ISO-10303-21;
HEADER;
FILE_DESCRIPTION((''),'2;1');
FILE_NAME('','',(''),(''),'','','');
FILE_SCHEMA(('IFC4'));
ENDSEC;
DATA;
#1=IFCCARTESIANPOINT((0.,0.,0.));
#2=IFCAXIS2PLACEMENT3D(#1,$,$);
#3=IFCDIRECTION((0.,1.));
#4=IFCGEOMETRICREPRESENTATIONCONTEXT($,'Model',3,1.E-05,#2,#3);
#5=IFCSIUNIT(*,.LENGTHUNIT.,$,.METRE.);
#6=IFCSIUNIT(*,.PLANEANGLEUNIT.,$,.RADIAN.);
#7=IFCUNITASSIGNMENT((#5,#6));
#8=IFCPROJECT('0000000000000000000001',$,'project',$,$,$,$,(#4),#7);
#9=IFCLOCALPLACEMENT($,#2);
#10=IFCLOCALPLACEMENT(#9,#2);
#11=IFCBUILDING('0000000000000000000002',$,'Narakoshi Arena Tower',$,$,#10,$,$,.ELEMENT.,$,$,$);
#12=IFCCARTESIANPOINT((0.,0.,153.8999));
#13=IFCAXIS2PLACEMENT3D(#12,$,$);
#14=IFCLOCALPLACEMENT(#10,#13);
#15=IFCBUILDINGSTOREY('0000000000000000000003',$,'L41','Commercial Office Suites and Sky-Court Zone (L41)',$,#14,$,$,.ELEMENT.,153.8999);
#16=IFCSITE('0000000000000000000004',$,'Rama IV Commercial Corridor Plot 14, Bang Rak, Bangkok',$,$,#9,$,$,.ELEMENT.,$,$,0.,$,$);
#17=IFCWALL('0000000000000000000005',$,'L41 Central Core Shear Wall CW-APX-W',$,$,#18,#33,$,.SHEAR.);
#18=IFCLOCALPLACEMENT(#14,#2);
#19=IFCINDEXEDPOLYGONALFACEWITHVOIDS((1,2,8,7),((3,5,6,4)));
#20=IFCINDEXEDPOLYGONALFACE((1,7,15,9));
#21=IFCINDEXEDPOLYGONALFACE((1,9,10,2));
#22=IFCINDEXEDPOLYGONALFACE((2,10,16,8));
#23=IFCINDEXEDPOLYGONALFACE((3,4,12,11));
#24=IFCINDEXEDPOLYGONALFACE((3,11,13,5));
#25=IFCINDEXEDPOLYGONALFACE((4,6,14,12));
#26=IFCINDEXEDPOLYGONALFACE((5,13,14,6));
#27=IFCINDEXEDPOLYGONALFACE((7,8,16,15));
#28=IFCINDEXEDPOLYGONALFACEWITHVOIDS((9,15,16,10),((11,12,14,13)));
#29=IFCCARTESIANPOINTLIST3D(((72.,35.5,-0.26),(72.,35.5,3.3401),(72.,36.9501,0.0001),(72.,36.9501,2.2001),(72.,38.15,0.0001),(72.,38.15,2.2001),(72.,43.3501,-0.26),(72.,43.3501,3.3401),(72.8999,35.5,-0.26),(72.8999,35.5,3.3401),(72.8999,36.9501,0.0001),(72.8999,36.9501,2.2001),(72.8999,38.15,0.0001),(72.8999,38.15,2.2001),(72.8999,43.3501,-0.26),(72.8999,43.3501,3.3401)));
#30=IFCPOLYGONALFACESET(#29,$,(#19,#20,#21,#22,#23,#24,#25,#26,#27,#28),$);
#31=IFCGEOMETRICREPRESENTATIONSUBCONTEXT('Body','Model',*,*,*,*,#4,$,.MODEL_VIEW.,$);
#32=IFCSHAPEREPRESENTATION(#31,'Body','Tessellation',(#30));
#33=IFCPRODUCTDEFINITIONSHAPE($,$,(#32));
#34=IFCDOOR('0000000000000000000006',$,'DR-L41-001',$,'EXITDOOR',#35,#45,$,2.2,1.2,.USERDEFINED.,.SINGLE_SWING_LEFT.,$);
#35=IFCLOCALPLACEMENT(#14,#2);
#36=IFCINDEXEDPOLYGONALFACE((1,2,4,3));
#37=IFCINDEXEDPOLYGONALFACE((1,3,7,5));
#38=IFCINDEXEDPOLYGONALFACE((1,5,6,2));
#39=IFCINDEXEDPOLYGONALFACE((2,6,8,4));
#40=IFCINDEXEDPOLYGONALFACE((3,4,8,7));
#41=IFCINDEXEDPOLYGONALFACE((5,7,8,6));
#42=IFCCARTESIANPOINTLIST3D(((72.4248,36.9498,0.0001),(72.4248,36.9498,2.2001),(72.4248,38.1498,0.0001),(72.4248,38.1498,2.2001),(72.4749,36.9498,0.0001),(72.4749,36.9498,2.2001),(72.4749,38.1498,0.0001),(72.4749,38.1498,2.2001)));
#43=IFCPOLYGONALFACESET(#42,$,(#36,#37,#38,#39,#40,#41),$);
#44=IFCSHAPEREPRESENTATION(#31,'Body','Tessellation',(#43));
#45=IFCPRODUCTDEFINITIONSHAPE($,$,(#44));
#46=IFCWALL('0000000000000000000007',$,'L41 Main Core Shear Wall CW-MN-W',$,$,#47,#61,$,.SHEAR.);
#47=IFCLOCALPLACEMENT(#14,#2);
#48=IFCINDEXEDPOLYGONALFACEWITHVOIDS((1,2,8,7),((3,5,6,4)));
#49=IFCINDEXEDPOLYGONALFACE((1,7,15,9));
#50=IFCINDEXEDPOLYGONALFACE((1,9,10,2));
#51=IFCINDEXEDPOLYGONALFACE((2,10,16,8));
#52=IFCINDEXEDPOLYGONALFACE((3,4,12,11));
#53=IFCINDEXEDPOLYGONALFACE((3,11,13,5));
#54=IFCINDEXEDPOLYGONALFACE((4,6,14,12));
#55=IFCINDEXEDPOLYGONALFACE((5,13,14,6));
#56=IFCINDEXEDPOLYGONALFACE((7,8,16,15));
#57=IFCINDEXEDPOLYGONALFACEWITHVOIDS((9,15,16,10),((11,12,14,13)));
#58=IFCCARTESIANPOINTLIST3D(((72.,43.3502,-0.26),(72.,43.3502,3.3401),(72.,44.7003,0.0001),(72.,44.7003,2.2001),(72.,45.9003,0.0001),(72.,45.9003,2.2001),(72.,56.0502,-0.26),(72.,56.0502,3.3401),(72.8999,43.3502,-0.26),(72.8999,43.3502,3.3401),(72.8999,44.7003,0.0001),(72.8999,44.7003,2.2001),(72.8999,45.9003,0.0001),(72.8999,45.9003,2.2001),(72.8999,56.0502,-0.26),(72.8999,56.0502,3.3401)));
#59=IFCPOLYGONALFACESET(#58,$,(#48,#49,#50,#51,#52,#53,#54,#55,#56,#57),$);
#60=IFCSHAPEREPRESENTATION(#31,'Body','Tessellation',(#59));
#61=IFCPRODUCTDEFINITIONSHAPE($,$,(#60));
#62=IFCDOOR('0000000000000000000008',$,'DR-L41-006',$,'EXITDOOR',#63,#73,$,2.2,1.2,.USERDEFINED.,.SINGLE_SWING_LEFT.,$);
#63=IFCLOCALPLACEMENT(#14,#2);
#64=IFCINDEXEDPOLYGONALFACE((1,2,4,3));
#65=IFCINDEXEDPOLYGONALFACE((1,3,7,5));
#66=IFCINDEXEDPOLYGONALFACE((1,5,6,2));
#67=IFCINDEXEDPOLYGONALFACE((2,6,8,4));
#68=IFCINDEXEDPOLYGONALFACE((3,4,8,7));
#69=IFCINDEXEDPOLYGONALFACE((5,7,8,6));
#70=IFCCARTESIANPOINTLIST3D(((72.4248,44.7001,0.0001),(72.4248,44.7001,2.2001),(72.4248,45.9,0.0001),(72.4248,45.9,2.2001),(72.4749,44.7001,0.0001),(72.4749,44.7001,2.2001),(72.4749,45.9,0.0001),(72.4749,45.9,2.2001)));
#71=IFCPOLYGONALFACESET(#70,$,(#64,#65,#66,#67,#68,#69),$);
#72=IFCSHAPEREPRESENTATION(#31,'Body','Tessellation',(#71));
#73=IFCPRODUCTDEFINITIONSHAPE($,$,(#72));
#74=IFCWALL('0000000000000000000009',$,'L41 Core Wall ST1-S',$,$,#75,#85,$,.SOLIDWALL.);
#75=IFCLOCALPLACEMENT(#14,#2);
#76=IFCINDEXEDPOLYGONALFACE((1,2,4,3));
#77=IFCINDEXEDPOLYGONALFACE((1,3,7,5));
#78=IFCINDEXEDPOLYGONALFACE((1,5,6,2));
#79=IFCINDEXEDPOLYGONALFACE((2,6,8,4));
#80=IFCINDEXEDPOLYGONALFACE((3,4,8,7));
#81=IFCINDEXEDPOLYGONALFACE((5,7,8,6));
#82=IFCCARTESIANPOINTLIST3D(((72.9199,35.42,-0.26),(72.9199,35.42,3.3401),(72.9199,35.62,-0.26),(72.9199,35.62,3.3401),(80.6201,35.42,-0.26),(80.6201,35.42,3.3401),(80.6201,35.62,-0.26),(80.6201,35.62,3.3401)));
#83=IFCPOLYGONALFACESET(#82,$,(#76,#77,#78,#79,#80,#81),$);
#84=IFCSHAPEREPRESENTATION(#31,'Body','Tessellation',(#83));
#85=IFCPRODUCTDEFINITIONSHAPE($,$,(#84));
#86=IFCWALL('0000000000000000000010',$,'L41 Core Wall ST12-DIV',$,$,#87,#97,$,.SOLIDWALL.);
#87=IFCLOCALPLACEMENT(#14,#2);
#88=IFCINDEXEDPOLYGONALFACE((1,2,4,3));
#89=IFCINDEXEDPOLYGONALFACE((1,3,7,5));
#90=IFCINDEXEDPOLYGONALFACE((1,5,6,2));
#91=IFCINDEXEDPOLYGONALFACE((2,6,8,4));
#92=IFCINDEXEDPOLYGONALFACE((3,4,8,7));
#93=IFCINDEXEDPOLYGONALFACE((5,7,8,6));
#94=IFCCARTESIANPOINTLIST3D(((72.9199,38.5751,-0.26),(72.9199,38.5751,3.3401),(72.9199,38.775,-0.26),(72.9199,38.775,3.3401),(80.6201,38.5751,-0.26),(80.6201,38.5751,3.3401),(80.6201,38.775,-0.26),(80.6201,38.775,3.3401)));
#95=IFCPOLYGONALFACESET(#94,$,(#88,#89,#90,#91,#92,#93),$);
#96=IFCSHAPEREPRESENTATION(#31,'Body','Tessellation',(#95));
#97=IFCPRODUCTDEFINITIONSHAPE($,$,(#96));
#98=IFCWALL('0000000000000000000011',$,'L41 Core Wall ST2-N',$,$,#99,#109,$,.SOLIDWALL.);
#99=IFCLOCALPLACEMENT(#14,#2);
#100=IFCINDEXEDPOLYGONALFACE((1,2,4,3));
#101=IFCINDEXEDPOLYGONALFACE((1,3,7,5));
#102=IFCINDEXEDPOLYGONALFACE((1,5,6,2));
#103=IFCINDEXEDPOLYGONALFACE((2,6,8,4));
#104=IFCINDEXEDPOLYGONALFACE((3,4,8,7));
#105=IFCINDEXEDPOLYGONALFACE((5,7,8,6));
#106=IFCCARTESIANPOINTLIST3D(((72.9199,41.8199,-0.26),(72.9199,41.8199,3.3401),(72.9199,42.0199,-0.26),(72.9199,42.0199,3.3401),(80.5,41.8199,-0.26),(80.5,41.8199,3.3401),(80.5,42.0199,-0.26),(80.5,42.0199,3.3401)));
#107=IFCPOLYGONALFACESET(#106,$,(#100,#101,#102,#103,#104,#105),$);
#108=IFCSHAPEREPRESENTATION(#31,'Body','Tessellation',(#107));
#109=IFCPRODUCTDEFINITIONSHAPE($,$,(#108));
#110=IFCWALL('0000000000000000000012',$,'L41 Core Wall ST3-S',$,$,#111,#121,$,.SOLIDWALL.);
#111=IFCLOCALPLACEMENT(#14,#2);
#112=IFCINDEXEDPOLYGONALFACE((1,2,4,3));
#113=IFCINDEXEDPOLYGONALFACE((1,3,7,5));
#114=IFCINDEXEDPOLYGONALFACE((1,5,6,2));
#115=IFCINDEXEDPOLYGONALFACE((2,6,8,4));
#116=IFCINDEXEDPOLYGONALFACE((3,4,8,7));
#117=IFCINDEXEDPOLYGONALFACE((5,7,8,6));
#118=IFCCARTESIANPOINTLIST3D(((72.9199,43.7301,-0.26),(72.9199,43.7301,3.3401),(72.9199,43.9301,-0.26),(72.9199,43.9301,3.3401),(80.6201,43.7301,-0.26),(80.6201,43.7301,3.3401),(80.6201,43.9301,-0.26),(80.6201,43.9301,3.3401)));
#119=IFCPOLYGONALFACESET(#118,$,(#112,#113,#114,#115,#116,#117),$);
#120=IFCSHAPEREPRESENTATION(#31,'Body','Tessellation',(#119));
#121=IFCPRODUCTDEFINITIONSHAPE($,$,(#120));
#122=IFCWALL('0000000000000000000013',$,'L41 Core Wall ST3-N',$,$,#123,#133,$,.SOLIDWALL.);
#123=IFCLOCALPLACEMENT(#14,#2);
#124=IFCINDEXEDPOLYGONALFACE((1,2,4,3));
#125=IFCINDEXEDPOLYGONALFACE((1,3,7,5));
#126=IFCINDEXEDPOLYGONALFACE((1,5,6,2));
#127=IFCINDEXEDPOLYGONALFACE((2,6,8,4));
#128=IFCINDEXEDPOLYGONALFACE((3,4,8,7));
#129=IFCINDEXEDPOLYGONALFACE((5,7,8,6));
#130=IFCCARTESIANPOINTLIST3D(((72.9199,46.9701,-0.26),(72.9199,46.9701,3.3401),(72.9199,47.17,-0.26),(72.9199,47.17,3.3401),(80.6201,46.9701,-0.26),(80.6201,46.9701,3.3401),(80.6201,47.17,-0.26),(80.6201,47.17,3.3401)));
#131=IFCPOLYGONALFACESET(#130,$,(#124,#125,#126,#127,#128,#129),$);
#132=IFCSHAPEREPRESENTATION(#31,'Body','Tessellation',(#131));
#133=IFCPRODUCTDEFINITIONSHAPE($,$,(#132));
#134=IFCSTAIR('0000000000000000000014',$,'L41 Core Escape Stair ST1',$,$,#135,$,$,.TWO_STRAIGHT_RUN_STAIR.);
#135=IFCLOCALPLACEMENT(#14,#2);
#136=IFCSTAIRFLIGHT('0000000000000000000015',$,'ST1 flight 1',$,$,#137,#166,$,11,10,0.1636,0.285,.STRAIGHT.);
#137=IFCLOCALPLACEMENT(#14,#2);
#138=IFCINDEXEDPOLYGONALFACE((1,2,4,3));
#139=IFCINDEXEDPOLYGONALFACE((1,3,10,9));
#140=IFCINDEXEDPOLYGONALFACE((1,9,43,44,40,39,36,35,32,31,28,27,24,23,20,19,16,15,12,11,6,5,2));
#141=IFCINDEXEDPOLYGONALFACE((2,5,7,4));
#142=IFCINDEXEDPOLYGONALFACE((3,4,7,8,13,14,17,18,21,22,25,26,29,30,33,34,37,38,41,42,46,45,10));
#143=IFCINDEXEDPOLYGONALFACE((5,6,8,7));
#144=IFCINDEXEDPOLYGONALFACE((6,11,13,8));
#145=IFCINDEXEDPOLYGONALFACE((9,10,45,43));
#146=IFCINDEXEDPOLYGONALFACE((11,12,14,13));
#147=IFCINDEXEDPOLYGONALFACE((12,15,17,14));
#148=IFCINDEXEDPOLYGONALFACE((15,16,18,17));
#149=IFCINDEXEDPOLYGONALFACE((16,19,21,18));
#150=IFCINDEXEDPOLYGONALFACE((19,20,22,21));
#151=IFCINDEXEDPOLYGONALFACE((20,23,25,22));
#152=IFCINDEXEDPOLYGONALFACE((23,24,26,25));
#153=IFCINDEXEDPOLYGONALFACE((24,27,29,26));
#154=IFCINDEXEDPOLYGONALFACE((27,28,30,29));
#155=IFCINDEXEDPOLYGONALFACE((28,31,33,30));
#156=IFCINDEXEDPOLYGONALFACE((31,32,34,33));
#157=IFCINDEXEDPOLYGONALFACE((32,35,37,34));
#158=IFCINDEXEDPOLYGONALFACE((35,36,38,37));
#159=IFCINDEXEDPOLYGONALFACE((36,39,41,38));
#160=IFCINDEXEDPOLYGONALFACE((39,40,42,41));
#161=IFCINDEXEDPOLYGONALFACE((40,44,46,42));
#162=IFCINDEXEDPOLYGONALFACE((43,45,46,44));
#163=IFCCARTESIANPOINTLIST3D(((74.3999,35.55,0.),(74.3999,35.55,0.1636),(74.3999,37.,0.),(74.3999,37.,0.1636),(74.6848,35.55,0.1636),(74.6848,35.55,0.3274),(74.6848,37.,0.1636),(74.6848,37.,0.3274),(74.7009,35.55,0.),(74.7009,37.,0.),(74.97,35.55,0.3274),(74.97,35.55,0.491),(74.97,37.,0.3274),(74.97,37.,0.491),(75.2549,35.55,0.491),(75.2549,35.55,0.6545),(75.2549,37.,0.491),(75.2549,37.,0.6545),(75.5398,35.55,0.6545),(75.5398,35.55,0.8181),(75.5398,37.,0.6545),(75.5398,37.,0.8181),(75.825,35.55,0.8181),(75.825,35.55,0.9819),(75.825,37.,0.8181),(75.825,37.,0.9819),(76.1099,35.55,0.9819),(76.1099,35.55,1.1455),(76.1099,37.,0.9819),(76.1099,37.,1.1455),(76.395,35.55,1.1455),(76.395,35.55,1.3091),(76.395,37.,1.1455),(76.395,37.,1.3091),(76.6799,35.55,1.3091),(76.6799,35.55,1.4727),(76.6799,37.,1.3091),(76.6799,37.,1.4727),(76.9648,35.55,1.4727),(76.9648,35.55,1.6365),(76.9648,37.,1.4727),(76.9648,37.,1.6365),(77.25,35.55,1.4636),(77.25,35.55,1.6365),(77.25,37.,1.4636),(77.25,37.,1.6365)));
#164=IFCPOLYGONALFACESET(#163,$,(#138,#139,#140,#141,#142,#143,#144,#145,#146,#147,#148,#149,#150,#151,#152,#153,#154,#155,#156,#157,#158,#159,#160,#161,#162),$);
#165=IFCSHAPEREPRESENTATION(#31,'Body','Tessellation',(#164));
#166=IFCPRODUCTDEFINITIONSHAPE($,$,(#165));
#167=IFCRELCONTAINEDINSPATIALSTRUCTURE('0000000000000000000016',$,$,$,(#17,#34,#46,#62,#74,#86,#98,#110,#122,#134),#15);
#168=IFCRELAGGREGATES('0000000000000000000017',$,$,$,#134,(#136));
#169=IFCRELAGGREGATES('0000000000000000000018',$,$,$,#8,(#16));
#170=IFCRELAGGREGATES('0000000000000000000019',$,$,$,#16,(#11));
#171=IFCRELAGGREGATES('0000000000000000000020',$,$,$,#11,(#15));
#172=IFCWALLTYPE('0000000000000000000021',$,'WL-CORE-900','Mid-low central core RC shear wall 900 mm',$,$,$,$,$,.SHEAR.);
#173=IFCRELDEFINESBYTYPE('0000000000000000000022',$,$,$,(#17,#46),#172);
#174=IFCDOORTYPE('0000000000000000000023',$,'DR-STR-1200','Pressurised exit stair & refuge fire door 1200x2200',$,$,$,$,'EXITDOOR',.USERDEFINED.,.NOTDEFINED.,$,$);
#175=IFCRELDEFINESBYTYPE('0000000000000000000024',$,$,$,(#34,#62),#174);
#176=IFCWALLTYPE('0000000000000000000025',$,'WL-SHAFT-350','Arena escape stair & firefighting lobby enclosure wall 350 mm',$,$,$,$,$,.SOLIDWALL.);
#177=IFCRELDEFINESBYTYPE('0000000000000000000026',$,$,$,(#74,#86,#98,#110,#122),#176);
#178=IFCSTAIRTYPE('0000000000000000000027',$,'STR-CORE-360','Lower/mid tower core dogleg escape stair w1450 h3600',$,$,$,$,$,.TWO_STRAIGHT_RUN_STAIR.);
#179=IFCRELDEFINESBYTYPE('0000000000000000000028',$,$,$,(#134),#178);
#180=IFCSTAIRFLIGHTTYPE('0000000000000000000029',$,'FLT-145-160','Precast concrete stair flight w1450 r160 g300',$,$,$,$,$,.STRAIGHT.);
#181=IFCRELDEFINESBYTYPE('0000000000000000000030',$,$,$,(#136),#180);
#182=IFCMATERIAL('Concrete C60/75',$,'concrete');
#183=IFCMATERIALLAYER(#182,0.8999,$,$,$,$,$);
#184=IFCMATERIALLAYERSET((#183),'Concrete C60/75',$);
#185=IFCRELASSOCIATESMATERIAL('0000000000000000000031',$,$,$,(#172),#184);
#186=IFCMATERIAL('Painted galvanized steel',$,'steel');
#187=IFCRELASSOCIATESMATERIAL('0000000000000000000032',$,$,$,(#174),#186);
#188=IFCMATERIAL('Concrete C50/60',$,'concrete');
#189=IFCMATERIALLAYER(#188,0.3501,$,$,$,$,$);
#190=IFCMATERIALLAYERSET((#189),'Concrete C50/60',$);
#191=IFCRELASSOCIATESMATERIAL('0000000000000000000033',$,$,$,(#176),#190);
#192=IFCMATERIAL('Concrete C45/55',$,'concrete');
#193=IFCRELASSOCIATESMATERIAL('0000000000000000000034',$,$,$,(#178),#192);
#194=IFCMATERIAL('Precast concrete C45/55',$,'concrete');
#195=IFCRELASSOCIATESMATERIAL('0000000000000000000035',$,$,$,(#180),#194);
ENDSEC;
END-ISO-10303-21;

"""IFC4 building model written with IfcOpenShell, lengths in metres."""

from ifc_helpers import new_model, si_unit, direction, frame, frame_2d, origin, place, context, subcontext, project, spatial, polyline, rectangle, outline, extrude, material, layer, layer_set, type_object, element, fill, aggregate, save


model = new_model("IFC4")

# Units and contexts
model_context = context("Model", 3, precision=1e-05, world=origin(), true_north=direction((0.0, 1.0)))
body_context = subcontext(model_context, "Body", "Model", "MODEL_VIEW")
ifc_project = project(units=[si_unit("LENGTHUNIT", "METRE"), si_unit("PLANEANGLEUNIT", "RADIAN")], contexts=[model_context])

# Site, building, storey
site_placement = place(None, origin())
site = spatial("IfcSite", under=ifc_project, at=site_placement, Name="Rama IV Commercial Corridor Plot 14, Bang Rak, Bangkok", CompositionType="ELEMENT", RefElevation=0.0)
building_placement = place(site_placement, origin())
building = spatial("IfcBuilding", under=site, at=building_placement, Name="Narakoshi Arena Tower", CompositionType="ELEMENT")
storey_placement = place(building_placement, frame((0.0, 0.0, 153.8999)))
storey = spatial("IfcBuildingStorey", under=building, at=storey_placement, Name="L41", Description="Commercial Office Suites and Sky-Court Zone (L41)", CompositionType="ELEMENT", Elevation=153.8999)

# Walls, openings, doors
ifc_material_1 = material(Name="Concrete C60/75", Category="concrete")
ifc_layer_1 = layer(ifc_material_1, 0.8999)
ifc_layer_set_1 = layer_set([ifc_layer_1], Name="Concrete C60/75")
wall_type_1 = type_object("IfcWallType", Name="WL-CORE-900", Description="Mid-low central core RC shear wall 900 mm", PredefinedType="SHEAR", material=ifc_layer_set_1)
wall_1_placement = place(storey_placement, frame((72.45, 35.5, -0.26), z_axis=(0.0, 0.0, 1.0), x_axis=(0.0, 1.0, 0.0)))
wall_1 = element("IfcWall", 1, at=wall_1_placement, inside=storey, type_object=wall_type_1, Name="L41 Central Core Shear Wall CW-APX-W", PredefinedType="SHEAR", context=body_context, shape_type="SweptSolid", body=[
    extrude(rectangle(XDim=7.8501, YDim=0.8999, at=frame_2d((3.925, 0.0))), origin(), (0.0, 0.0, 1.0), 3.6001),
])
opening_1_placement = place(wall_1_placement, frame((1.45, 0.0, 0.26)))
opening_1 = element("IfcOpeningElement", 2, at=opening_1_placement, cuts=wall_1, PredefinedType="OPENING", context=body_context, shape_type="SweptSolid", body=[
    extrude(rectangle(XDim=1.2, YDim=2.2, at=frame_2d((0.6001, 1.1001))), frame((0.0, 0.46, 0.0), z_axis=(0.0, -1.0, 0.0), x_axis=(1.0, 0.0, 0.0)), (0.0, 0.0, 1.0), 0.9199),
])
ifc_material_2 = material(Name="Painted galvanized steel", Category="steel")
door_type = type_object("IfcDoorType", Name="DR-STR-1200", Description="Pressurised exit stair & refuge fire door 1200x2200", ElementType="EXITDOOR", OperationType="NOTDEFINED", PredefinedType="USERDEFINED", material=ifc_material_2)
door_1_placement = place(opening_1_placement, frame((1.2, 0.0, 0.0), z_axis=(0.0, 0.0, 1.0), x_axis=(-1.0, 0.0, 0.0)))
door_1 = element("IfcDoor", 3, at=door_1_placement, inside=storey, type_object=door_type, Name="DR-L41-001", ObjectType="EXITDOOR", OperationType="SINGLE_SWING_LEFT", OverallHeight=2.2, OverallWidth=1.2, PredefinedType="USERDEFINED", context=body_context, shape_type="SweptSolid", body=[
    extrude(rectangle(XDim=1.2, YDim=2.2, at=frame_2d((0.6001, 1.1001))), frame((0.0, 0.0249, 0.0), z_axis=(0.0, -1.0, 0.0), x_axis=(1.0, 0.0, 0.0)), (0.0, 0.0, 1.0), 0.05),
])
fill(opening_1, door_1)
wall_2_placement = place(storey_placement, frame((72.45, 43.3501, -0.26), z_axis=(0.0, 0.0, 1.0), x_axis=(0.0, 1.0, 0.0)))
wall_2 = element("IfcWall", 4, at=wall_2_placement, inside=storey, type_object=wall_type_1, Name="L41 Main Core Shear Wall CW-MN-W", PredefinedType="SHEAR", context=body_context, shape_type="SweptSolid", body=[
    extrude(rectangle(XDim=12.7, YDim=0.8999, at=frame_2d((6.3501, 0.0))), origin(), (0.0, 0.0, 1.0), 3.6001),
])
opening_2_placement = place(wall_2_placement, frame((1.3501, 0.0, 0.26)))
opening_2 = element("IfcOpeningElement", 5, at=opening_2_placement, cuts=wall_2, PredefinedType="OPENING", context=body_context, shape_type="SweptSolid", body=[
    extrude(rectangle(XDim=1.2, YDim=2.2, at=frame_2d((0.6001, 1.1001))), frame((0.0, 0.46, 0.0), z_axis=(0.0, -1.0, 0.0), x_axis=(1.0, 0.0, 0.0)), (0.0, 0.0, 1.0), 0.9199),
])
door_2_placement = place(opening_2_placement, frame((1.2, 0.0, 0.0), z_axis=(0.0, 0.0, 1.0), x_axis=(-1.0, 0.0, 0.0)))
door_2 = element("IfcDoor", 6, at=door_2_placement, inside=storey, type_object=door_type, Name="DR-L41-006", ObjectType="EXITDOOR", OperationType="SINGLE_SWING_LEFT", OverallHeight=2.2, OverallWidth=1.2, PredefinedType="USERDEFINED", context=body_context, shape_type="SweptSolid", body=[
    extrude(rectangle(XDim=1.2, YDim=2.2, at=frame_2d((0.6001, 1.1001))), frame((0.0, 0.0249, 0.0), z_axis=(0.0, -1.0, 0.0), x_axis=(1.0, 0.0, 0.0)), (0.0, 0.0, 1.0), 0.05),
])
fill(opening_2, door_2)

# Walls
ifc_material_3 = material(Name="Concrete C50/60", Category="concrete")
ifc_layer_2 = layer(ifc_material_3, 0.3501)
ifc_layer_set_2 = layer_set([ifc_layer_2], Name="Concrete C50/60")
wall_type_2 = type_object("IfcWallType", Name="WL-SHAFT-350", Description="Arena escape stair & firefighting lobby enclosure wall 350 mm", PredefinedType="SOLIDWALL", material=ifc_layer_set_2)
for number, where, z_axis, x_axis, name in (
    (7, (72.9199, 35.52, -0.26), (0.0, 0.0, 1.0), (1.0, 0.0, 0.0), "L41 Core Wall ST1-S"),
    (8, (72.9199, 38.675, -0.26), (0.0, 0.0, 1.0), (1.0, 0.0, 0.0), "L41 Core Wall ST12-DIV"),
):
    element("IfcWall", number, at=place(storey_placement, frame(where, z_axis=z_axis, x_axis=x_axis)), inside=storey, type_object=wall_type_2, Name=name, PredefinedType="SOLIDWALL", context=body_context, shape_type="SweptSolid", body=[
        extrude(rectangle(XDim=7.7002, YDim=0.2, at=frame_2d((3.8501, 0.0))), origin(), (0.0, 0.0, 1.0), 3.6001),
    ])
wall_3_placement = place(storey_placement, frame((72.9199, 41.9199, -0.26), z_axis=(0.0, 0.0, 1.0), x_axis=(1.0, 0.0, 0.0)))
element("IfcWall", 9, at=wall_3_placement, inside=storey, type_object=wall_type_2, Name="L41 Core Wall ST2-N", PredefinedType="SOLIDWALL", context=body_context, shape_type="SweptSolid", body=[
    extrude(rectangle(XDim=7.5801, YDim=0.2, at=frame_2d((3.79, 0.0))), origin(), (0.0, 0.0, 1.0), 3.6001),
])
for number, where, z_axis, x_axis, name in (
    (10, (72.9199, 43.8301, -0.26), (0.0, 0.0, 1.0), (1.0, 0.0, 0.0), "L41 Core Wall ST3-S"),
    (11, (72.9199, 47.0701, -0.26), (0.0, 0.0, 1.0), (1.0, 0.0, 0.0), "L41 Core Wall ST3-N"),
):
    element("IfcWall", number, at=place(storey_placement, frame(where, z_axis=z_axis, x_axis=x_axis)), inside=storey, type_object=wall_type_2, Name=name, PredefinedType="SOLIDWALL", context=body_context, shape_type="SweptSolid", body=[
        extrude(rectangle(XDim=7.7002, YDim=0.2, at=frame_2d((3.8501, 0.0))), origin(), (0.0, 0.0, 1.0), 3.6001),
    ])

# Stair, stair flight
ifc_material_4 = material(Name="Concrete C45/55", Category="concrete")
stair_type = type_object("IfcStairType", Name="STR-CORE-360", Description="Lower/mid tower core dogleg escape stair w1450 h3600", PredefinedType="TWO_STRAIGHT_RUN_STAIR", material=ifc_material_4)
stair_1_placement = place(storey_placement, origin())
stair_1 = element("IfcStair", 12, at=stair_1_placement, inside=storey, type_object=stair_type, Name="L41 Core Escape Stair ST1", PredefinedType="TWO_STRAIGHT_RUN_STAIR")
ifc_material_5 = material(Name="Precast concrete C45/55", Category="concrete")
stair_flight_type = type_object("IfcStairFlightType", Name="FLT-145-160", Description="Precast concrete stair flight w1450 r160 g300", PredefinedType="STRAIGHT", material=ifc_material_5)
stair_flight_1_placement = place(storey_placement, frame((74.3999, 36.2749, 0.0), z_axis=(0.0, 0.0, 1.0), x_axis=(1.0, 0.0, 0.0)))
stair_flight_1 = element("IfcStairFlight", 13, at=stair_flight_1_placement, type_object=stair_flight_type, Name="ST1 flight 1", NumberOfRisers=11, NumberOfTreads=10, PredefinedType="STRAIGHT", RiserHeight=0.1636, TreadLength=0.285, context=body_context, shape_type="SweptSolid", body=[
    extrude(outline(polyline([(0.0, 0.0), (0.0, 0.1636), (0.2849, 0.1636), (0.2849, 0.3274), (0.5701, 0.3274), (0.5701, 0.491), (0.855, 0.491), (0.855, 0.6545), (1.1399, 0.6545), (1.1399, 0.8181), (1.425, 0.8181), (1.425, 0.9819), (1.71, 0.9819), (1.71, 1.1455), (1.9951, 1.1455), (1.9951, 1.3091), (2.28, 1.3091), (2.28, 1.4727), (2.5649, 1.4727), (2.5649, 1.6365), (2.8501, 1.6365), (2.8501, 1.8), (2.8501, 1.4636), (0.301, 0.0), (0.0, 0.0)])), frame((0.0, 0.7251, 0.0), z_axis=(0.0, -1.0, 0.0), x_axis=(1.0, 0.0, 0.0)), (0.0, 0.0, 1.0), 1.45),
])
aggregate(stair_1, [stair_flight_1])

save(model, "model.ifc")
